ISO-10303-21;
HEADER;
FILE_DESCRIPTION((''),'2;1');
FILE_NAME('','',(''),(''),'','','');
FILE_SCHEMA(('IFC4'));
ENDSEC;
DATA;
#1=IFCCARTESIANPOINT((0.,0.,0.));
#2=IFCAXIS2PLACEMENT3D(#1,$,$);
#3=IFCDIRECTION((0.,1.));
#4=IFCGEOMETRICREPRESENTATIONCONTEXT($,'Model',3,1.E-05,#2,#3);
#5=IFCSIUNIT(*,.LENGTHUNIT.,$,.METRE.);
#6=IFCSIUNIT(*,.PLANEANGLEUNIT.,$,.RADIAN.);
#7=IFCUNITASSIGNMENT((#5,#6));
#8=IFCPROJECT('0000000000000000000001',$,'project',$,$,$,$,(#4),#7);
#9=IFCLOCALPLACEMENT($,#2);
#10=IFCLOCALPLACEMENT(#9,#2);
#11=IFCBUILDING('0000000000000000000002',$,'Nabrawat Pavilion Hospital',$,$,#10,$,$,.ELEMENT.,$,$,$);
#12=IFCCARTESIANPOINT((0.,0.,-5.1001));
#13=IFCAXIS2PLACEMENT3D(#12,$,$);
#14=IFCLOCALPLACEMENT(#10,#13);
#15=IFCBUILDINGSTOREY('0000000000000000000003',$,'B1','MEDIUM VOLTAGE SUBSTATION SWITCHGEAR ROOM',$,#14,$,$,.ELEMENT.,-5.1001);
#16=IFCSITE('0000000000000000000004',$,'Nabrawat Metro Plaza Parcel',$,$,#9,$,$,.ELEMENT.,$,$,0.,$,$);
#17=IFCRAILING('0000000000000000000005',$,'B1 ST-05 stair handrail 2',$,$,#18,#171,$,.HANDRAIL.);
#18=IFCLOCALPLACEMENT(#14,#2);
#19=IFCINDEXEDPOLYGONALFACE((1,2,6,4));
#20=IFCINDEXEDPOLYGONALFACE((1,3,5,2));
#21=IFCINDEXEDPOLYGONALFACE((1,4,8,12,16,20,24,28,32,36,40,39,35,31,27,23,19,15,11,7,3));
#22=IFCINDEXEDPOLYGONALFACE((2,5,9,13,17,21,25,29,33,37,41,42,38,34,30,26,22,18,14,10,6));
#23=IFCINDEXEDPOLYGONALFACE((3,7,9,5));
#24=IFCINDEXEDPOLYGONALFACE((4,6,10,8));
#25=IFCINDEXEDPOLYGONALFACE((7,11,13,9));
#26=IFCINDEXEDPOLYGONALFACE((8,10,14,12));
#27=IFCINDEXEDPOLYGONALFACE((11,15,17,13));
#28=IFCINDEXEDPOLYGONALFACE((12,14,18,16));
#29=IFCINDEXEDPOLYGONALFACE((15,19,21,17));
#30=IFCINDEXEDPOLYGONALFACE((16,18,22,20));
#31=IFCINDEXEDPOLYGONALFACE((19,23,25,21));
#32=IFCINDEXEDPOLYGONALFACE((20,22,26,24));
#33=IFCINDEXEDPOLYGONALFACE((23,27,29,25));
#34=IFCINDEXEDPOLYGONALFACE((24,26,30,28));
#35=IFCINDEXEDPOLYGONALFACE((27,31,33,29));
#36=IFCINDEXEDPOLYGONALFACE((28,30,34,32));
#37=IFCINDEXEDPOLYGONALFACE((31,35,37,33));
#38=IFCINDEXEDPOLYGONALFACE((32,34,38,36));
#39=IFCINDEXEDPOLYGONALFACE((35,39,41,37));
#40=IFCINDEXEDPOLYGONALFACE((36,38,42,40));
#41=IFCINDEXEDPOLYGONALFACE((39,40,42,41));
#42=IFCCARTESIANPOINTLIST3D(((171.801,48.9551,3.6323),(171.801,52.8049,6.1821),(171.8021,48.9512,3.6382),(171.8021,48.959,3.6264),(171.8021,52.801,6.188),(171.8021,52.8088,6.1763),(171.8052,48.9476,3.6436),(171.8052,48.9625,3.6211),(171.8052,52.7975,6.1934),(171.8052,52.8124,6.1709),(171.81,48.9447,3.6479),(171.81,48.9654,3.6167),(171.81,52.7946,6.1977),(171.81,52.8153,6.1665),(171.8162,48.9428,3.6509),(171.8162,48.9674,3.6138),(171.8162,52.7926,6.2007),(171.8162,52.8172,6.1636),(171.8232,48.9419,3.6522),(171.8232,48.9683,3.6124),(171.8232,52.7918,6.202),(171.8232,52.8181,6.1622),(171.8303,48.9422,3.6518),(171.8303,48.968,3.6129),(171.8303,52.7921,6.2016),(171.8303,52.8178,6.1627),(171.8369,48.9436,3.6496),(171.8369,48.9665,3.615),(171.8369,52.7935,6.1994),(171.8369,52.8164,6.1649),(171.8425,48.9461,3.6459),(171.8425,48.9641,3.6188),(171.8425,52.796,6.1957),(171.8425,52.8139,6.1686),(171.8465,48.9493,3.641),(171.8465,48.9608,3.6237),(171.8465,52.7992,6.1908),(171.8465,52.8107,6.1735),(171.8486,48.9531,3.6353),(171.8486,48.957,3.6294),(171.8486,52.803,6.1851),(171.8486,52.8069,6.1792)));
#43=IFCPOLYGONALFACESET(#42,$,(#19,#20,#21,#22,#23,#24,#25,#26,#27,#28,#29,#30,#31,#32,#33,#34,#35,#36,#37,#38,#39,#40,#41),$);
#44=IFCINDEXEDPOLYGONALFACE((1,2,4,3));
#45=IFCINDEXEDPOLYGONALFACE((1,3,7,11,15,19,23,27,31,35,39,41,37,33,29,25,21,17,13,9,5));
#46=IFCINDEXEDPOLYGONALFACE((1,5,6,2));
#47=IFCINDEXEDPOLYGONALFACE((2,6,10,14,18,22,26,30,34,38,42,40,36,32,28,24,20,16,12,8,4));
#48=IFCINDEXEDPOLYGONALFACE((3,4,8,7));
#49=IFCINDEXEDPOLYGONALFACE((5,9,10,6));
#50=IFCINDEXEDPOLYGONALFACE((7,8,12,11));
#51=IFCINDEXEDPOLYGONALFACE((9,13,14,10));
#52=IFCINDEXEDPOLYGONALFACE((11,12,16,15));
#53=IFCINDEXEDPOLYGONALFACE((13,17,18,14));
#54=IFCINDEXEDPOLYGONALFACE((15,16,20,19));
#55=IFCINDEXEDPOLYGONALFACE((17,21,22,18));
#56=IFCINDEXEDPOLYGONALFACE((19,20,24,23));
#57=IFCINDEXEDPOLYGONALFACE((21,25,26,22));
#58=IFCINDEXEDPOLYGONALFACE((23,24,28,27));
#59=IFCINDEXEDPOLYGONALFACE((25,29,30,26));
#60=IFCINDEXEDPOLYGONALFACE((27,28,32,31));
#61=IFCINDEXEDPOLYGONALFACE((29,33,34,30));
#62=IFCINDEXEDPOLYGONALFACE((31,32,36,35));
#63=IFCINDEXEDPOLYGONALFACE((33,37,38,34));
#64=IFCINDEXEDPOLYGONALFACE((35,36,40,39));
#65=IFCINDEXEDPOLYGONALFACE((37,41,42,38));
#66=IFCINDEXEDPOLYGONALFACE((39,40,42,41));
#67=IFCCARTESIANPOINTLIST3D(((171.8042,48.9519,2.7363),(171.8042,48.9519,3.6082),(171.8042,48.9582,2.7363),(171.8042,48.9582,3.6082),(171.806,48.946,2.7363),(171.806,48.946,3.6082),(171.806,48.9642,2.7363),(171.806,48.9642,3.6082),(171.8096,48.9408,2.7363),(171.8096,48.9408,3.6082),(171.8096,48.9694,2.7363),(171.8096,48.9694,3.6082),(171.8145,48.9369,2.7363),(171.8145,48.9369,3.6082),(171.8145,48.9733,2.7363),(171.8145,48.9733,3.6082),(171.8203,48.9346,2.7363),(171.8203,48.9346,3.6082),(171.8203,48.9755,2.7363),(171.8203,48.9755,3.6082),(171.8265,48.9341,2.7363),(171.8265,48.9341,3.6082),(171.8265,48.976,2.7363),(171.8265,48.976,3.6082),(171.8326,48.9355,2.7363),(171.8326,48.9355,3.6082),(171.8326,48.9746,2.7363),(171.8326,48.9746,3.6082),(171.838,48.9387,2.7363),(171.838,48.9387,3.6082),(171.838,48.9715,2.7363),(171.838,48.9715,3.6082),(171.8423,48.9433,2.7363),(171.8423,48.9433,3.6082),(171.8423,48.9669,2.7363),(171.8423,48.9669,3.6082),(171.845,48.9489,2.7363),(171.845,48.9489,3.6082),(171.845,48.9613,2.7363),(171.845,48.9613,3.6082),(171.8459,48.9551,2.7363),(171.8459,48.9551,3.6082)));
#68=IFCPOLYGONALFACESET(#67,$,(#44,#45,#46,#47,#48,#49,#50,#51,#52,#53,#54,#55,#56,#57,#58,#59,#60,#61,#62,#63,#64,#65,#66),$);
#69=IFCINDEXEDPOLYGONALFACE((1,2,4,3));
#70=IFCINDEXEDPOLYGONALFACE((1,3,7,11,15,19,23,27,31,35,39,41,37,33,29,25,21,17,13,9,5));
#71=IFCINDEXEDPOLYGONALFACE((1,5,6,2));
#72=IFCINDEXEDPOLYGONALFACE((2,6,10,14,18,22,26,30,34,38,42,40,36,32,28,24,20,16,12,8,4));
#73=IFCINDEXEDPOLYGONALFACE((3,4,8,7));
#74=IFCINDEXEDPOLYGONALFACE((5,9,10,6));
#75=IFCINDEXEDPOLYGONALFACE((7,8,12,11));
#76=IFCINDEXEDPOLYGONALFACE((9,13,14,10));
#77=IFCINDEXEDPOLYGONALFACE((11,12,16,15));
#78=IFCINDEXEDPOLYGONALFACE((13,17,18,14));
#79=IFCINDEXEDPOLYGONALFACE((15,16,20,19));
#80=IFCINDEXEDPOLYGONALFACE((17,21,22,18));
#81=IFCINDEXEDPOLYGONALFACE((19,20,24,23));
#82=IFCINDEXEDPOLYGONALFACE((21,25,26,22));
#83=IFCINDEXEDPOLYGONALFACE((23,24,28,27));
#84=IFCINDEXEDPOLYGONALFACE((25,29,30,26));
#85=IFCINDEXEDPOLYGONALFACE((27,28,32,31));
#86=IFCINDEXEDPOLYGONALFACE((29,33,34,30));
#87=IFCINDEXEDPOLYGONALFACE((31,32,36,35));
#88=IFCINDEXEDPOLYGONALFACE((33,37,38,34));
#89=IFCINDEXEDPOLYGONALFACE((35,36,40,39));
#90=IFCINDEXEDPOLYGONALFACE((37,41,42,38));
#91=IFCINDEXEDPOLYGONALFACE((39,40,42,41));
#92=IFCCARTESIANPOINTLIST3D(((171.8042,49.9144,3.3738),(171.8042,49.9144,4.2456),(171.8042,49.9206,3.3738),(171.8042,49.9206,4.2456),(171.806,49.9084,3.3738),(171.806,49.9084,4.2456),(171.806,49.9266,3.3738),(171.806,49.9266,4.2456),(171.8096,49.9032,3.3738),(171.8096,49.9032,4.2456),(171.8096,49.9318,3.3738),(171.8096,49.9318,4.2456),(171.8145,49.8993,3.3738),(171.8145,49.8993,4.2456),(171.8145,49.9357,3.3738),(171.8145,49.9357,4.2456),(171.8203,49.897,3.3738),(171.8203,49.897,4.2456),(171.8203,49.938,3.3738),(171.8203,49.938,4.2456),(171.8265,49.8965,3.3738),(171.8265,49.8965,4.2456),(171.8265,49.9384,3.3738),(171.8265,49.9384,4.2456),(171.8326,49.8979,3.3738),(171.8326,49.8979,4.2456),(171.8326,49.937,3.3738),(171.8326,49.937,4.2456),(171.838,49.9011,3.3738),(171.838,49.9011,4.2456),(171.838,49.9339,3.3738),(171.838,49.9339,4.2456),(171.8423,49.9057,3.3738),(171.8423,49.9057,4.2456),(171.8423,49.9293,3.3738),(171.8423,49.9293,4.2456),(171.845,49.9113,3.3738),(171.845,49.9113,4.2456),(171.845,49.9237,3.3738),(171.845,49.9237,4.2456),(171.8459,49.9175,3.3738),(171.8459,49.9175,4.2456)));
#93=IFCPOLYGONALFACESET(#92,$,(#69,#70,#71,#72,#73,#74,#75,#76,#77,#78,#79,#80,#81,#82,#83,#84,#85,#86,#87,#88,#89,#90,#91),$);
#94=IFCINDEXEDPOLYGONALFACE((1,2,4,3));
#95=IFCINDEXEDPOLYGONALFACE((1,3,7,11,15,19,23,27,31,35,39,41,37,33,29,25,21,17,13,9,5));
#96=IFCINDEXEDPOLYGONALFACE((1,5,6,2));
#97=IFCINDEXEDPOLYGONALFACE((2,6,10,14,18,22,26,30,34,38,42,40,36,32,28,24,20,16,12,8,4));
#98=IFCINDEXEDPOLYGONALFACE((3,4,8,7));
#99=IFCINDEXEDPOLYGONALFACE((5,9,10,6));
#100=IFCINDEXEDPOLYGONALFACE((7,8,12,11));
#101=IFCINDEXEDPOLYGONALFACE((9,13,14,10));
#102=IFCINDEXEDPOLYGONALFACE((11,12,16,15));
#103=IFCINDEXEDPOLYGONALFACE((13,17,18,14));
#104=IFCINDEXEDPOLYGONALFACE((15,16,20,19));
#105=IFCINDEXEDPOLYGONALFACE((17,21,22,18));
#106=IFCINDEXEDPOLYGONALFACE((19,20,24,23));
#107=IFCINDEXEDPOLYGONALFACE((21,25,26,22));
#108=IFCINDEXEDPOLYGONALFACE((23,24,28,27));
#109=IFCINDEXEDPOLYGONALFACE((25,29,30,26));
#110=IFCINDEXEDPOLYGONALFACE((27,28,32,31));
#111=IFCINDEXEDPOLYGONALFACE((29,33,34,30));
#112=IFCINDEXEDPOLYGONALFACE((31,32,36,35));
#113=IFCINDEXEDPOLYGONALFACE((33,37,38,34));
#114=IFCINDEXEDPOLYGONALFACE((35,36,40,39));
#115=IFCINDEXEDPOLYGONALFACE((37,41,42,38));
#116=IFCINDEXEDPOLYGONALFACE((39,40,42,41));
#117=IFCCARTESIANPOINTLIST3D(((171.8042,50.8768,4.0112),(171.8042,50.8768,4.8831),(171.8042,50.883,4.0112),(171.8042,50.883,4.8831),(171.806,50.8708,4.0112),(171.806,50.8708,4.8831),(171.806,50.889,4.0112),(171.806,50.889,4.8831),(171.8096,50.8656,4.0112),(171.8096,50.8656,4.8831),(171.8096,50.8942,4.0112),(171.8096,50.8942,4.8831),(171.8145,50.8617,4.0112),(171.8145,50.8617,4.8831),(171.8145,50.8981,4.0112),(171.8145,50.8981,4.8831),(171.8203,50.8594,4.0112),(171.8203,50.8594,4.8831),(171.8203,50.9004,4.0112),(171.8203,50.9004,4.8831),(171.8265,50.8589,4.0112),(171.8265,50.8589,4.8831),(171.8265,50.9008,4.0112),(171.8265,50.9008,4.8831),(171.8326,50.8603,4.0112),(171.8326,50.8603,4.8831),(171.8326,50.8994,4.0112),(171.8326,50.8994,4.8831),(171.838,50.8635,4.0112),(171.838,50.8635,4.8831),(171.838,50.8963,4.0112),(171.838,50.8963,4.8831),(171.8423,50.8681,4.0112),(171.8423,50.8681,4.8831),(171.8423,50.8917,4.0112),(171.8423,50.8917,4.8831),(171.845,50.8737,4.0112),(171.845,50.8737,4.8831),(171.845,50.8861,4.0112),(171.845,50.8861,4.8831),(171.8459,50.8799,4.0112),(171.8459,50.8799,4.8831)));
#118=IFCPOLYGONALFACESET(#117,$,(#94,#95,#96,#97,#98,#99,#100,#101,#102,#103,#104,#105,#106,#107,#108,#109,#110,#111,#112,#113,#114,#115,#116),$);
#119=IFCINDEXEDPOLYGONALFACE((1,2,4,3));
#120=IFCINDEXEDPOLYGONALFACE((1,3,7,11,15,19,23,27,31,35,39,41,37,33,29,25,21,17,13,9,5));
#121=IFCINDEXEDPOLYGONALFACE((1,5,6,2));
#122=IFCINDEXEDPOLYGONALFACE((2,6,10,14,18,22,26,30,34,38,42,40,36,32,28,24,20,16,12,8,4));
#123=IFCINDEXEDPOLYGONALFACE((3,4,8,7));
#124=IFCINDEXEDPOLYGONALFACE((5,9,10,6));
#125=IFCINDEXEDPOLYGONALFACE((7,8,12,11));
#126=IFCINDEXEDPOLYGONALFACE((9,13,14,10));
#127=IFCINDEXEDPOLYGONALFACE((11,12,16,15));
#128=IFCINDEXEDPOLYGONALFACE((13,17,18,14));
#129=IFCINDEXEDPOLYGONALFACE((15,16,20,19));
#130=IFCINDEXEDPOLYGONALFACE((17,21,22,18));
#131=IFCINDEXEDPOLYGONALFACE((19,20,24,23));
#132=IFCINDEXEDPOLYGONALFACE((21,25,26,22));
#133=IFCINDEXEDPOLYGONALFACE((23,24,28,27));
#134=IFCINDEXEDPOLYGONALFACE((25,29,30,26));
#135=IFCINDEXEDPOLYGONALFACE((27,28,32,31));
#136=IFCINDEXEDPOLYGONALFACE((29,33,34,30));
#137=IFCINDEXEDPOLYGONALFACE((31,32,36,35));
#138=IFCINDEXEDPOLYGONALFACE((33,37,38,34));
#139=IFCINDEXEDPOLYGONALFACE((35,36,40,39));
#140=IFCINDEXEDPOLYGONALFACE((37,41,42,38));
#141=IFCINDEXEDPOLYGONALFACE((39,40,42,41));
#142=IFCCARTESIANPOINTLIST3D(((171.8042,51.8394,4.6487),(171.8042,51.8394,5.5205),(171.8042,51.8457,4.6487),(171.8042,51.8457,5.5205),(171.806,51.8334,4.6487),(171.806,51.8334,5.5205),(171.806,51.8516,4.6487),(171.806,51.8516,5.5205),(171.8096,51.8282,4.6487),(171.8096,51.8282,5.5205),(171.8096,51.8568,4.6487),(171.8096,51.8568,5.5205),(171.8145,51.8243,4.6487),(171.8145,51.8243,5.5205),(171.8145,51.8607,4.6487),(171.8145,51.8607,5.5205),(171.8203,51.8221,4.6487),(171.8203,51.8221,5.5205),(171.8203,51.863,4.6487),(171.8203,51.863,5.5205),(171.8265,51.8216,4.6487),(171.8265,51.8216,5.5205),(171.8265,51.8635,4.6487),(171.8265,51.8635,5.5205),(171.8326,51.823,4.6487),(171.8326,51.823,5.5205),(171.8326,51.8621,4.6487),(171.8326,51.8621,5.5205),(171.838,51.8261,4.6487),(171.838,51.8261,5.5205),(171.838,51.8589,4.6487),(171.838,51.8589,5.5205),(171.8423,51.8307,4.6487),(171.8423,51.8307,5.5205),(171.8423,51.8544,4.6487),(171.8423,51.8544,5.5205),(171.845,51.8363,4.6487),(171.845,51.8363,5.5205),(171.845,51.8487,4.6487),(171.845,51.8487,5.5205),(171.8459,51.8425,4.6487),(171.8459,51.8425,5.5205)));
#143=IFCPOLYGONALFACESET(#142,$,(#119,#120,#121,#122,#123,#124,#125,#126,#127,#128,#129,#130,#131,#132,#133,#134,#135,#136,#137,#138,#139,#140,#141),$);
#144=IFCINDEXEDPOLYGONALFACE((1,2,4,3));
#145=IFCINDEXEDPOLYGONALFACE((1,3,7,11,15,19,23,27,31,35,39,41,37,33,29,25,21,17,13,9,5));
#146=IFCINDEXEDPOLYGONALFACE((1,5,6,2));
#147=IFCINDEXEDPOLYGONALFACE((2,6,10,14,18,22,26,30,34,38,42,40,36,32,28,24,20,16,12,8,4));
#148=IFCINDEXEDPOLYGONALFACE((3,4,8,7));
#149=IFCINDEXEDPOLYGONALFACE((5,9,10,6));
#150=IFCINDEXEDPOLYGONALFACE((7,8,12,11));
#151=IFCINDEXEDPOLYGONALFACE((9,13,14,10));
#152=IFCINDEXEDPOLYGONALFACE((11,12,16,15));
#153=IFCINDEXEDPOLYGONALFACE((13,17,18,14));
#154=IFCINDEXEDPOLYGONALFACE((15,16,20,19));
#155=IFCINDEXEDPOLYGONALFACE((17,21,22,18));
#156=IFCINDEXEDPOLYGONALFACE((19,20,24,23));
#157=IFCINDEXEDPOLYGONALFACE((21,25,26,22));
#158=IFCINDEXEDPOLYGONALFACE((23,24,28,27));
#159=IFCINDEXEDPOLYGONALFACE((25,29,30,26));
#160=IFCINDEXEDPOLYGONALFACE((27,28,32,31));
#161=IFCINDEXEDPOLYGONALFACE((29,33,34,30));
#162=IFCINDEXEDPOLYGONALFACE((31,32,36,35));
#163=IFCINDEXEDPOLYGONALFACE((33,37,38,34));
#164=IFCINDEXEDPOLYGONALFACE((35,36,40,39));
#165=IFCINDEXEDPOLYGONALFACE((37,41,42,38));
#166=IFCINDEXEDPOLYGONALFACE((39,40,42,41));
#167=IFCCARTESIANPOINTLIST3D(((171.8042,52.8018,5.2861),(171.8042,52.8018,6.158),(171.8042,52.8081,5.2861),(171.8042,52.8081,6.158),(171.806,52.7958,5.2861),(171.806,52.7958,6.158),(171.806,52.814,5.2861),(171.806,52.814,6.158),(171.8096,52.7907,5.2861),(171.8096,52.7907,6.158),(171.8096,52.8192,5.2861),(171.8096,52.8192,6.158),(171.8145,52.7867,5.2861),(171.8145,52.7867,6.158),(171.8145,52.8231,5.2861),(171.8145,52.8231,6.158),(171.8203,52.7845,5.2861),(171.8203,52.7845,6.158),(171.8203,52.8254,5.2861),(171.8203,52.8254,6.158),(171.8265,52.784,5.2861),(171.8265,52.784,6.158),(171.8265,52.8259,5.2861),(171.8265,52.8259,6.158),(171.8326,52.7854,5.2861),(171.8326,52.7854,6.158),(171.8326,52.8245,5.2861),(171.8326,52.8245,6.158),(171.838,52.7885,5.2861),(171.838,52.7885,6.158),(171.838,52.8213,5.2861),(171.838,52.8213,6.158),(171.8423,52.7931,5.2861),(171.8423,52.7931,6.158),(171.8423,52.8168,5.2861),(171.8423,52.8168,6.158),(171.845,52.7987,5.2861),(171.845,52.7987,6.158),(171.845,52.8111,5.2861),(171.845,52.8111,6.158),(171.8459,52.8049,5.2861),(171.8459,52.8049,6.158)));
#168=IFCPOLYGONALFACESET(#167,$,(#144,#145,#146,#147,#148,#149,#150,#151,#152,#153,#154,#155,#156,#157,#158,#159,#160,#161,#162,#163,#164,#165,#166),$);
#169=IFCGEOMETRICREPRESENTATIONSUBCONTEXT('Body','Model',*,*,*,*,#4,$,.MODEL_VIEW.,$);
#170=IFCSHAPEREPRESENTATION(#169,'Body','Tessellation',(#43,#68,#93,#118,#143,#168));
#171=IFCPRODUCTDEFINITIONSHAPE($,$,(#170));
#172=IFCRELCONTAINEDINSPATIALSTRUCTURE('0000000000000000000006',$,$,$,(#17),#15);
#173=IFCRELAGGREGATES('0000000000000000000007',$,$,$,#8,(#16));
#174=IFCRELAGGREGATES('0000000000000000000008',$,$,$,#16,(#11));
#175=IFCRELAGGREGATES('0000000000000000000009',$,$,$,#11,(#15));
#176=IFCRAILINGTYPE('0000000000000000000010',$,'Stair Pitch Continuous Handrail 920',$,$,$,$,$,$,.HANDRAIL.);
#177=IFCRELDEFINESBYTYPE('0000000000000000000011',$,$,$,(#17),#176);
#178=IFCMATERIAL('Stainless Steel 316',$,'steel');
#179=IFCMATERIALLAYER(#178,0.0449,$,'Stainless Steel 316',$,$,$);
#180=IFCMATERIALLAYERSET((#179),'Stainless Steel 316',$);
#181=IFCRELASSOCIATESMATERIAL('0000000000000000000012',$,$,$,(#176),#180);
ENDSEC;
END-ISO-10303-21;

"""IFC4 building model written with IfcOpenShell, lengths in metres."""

from ifc_helpers import new_model, si_unit, direction, frame, origin, origin_2d, place, context, subcontext, project, spatial, circle, extrude, material, layer, layer_set, type_object, element, save


model = new_model("IFC4")

# Units and contexts
model_context = context("Model", 3, precision=1e-05, world=origin(), true_north=direction((0.0, 1.0)))
body_context = subcontext(model_context, "Body", "Model", "MODEL_VIEW")
ifc_project = project(units=[si_unit("LENGTHUNIT", "METRE"), si_unit("PLANEANGLEUNIT", "RADIAN")], contexts=[model_context])

# Site, building, storey
site_placement = place(None, origin())
site = spatial("IfcSite", under=ifc_project, at=site_placement, Name="Nabrawat Metro Plaza Parcel", CompositionType="ELEMENT", RefElevation=0.0)
building_placement = place(site_placement, origin())
building = spatial("IfcBuilding", under=site, at=building_placement, Name="Nabrawat Pavilion Hospital", CompositionType="ELEMENT")
storey_placement = place(building_placement, frame((0.0, 0.0, -5.1001)))
storey = spatial("IfcBuildingStorey", under=building, at=storey_placement, Name="B1", Description="MEDIUM VOLTAGE SUBSTATION SWITCHGEAR ROOM", CompositionType="ELEMENT", Elevation=-5.1001)

# Railing
ifc_material_1 = material(Name="Stainless Steel 316", Category="steel")
ifc_layer_1 = layer(ifc_material_1, 0.0449, Name="Stainless Steel 316")
ifc_layer_set_1 = layer_set([ifc_layer_1], Name="Stainless Steel 316")
railing_type_1 = type_object("IfcRailingType", Name="Stair Pitch Continuous Handrail 920", PredefinedType="HANDRAIL", material=ifc_layer_set_1)
railing_1_placement = place(storey_placement, frame((171.825, 48.9551, 2.7363)))
element("IfcRailing", 1, at=railing_1_placement, inside=storey, type_object=railing_type_1, Name="B1 ST-05 stair handrail 2", PredefinedType="HANDRAIL", context=body_context, shape_type="SweptSolid", body=[
    extrude(circle(Radius=0.0239, at=origin_2d()), frame((0.0, 0.0, 0.896), z_axis=(0.0, 0.833722, 0.552184), x_axis=(-1.0, 0.0, 0.0)), (0.0, 0.0, 1.0), 4.6177),
    extrude(circle(Radius=0.021, at=origin_2d()), origin(), (0.0, 0.0, 1.0), 0.8718),
    extrude(circle(Radius=0.021, at=origin_2d()), frame((0.0, 0.9624, 0.6375)), (0.0, 0.0, 1.0), 0.8718),
    extrude(circle(Radius=0.021, at=origin_2d()), frame((0.0, 1.9248, 1.2749)), (0.0, 0.0, 1.0), 0.8718),
    extrude(circle(Radius=0.021, at=origin_2d()), frame((0.0, 2.8875, 1.9124)), (0.0, 0.0, 1.0), 0.8718),
    extrude(circle(Radius=0.021, at=origin_2d()), frame((0.0, 3.8499, 2.5498)), (0.0, 0.0, 1.0), 0.8718),
])

save(model, "model.ifc")
